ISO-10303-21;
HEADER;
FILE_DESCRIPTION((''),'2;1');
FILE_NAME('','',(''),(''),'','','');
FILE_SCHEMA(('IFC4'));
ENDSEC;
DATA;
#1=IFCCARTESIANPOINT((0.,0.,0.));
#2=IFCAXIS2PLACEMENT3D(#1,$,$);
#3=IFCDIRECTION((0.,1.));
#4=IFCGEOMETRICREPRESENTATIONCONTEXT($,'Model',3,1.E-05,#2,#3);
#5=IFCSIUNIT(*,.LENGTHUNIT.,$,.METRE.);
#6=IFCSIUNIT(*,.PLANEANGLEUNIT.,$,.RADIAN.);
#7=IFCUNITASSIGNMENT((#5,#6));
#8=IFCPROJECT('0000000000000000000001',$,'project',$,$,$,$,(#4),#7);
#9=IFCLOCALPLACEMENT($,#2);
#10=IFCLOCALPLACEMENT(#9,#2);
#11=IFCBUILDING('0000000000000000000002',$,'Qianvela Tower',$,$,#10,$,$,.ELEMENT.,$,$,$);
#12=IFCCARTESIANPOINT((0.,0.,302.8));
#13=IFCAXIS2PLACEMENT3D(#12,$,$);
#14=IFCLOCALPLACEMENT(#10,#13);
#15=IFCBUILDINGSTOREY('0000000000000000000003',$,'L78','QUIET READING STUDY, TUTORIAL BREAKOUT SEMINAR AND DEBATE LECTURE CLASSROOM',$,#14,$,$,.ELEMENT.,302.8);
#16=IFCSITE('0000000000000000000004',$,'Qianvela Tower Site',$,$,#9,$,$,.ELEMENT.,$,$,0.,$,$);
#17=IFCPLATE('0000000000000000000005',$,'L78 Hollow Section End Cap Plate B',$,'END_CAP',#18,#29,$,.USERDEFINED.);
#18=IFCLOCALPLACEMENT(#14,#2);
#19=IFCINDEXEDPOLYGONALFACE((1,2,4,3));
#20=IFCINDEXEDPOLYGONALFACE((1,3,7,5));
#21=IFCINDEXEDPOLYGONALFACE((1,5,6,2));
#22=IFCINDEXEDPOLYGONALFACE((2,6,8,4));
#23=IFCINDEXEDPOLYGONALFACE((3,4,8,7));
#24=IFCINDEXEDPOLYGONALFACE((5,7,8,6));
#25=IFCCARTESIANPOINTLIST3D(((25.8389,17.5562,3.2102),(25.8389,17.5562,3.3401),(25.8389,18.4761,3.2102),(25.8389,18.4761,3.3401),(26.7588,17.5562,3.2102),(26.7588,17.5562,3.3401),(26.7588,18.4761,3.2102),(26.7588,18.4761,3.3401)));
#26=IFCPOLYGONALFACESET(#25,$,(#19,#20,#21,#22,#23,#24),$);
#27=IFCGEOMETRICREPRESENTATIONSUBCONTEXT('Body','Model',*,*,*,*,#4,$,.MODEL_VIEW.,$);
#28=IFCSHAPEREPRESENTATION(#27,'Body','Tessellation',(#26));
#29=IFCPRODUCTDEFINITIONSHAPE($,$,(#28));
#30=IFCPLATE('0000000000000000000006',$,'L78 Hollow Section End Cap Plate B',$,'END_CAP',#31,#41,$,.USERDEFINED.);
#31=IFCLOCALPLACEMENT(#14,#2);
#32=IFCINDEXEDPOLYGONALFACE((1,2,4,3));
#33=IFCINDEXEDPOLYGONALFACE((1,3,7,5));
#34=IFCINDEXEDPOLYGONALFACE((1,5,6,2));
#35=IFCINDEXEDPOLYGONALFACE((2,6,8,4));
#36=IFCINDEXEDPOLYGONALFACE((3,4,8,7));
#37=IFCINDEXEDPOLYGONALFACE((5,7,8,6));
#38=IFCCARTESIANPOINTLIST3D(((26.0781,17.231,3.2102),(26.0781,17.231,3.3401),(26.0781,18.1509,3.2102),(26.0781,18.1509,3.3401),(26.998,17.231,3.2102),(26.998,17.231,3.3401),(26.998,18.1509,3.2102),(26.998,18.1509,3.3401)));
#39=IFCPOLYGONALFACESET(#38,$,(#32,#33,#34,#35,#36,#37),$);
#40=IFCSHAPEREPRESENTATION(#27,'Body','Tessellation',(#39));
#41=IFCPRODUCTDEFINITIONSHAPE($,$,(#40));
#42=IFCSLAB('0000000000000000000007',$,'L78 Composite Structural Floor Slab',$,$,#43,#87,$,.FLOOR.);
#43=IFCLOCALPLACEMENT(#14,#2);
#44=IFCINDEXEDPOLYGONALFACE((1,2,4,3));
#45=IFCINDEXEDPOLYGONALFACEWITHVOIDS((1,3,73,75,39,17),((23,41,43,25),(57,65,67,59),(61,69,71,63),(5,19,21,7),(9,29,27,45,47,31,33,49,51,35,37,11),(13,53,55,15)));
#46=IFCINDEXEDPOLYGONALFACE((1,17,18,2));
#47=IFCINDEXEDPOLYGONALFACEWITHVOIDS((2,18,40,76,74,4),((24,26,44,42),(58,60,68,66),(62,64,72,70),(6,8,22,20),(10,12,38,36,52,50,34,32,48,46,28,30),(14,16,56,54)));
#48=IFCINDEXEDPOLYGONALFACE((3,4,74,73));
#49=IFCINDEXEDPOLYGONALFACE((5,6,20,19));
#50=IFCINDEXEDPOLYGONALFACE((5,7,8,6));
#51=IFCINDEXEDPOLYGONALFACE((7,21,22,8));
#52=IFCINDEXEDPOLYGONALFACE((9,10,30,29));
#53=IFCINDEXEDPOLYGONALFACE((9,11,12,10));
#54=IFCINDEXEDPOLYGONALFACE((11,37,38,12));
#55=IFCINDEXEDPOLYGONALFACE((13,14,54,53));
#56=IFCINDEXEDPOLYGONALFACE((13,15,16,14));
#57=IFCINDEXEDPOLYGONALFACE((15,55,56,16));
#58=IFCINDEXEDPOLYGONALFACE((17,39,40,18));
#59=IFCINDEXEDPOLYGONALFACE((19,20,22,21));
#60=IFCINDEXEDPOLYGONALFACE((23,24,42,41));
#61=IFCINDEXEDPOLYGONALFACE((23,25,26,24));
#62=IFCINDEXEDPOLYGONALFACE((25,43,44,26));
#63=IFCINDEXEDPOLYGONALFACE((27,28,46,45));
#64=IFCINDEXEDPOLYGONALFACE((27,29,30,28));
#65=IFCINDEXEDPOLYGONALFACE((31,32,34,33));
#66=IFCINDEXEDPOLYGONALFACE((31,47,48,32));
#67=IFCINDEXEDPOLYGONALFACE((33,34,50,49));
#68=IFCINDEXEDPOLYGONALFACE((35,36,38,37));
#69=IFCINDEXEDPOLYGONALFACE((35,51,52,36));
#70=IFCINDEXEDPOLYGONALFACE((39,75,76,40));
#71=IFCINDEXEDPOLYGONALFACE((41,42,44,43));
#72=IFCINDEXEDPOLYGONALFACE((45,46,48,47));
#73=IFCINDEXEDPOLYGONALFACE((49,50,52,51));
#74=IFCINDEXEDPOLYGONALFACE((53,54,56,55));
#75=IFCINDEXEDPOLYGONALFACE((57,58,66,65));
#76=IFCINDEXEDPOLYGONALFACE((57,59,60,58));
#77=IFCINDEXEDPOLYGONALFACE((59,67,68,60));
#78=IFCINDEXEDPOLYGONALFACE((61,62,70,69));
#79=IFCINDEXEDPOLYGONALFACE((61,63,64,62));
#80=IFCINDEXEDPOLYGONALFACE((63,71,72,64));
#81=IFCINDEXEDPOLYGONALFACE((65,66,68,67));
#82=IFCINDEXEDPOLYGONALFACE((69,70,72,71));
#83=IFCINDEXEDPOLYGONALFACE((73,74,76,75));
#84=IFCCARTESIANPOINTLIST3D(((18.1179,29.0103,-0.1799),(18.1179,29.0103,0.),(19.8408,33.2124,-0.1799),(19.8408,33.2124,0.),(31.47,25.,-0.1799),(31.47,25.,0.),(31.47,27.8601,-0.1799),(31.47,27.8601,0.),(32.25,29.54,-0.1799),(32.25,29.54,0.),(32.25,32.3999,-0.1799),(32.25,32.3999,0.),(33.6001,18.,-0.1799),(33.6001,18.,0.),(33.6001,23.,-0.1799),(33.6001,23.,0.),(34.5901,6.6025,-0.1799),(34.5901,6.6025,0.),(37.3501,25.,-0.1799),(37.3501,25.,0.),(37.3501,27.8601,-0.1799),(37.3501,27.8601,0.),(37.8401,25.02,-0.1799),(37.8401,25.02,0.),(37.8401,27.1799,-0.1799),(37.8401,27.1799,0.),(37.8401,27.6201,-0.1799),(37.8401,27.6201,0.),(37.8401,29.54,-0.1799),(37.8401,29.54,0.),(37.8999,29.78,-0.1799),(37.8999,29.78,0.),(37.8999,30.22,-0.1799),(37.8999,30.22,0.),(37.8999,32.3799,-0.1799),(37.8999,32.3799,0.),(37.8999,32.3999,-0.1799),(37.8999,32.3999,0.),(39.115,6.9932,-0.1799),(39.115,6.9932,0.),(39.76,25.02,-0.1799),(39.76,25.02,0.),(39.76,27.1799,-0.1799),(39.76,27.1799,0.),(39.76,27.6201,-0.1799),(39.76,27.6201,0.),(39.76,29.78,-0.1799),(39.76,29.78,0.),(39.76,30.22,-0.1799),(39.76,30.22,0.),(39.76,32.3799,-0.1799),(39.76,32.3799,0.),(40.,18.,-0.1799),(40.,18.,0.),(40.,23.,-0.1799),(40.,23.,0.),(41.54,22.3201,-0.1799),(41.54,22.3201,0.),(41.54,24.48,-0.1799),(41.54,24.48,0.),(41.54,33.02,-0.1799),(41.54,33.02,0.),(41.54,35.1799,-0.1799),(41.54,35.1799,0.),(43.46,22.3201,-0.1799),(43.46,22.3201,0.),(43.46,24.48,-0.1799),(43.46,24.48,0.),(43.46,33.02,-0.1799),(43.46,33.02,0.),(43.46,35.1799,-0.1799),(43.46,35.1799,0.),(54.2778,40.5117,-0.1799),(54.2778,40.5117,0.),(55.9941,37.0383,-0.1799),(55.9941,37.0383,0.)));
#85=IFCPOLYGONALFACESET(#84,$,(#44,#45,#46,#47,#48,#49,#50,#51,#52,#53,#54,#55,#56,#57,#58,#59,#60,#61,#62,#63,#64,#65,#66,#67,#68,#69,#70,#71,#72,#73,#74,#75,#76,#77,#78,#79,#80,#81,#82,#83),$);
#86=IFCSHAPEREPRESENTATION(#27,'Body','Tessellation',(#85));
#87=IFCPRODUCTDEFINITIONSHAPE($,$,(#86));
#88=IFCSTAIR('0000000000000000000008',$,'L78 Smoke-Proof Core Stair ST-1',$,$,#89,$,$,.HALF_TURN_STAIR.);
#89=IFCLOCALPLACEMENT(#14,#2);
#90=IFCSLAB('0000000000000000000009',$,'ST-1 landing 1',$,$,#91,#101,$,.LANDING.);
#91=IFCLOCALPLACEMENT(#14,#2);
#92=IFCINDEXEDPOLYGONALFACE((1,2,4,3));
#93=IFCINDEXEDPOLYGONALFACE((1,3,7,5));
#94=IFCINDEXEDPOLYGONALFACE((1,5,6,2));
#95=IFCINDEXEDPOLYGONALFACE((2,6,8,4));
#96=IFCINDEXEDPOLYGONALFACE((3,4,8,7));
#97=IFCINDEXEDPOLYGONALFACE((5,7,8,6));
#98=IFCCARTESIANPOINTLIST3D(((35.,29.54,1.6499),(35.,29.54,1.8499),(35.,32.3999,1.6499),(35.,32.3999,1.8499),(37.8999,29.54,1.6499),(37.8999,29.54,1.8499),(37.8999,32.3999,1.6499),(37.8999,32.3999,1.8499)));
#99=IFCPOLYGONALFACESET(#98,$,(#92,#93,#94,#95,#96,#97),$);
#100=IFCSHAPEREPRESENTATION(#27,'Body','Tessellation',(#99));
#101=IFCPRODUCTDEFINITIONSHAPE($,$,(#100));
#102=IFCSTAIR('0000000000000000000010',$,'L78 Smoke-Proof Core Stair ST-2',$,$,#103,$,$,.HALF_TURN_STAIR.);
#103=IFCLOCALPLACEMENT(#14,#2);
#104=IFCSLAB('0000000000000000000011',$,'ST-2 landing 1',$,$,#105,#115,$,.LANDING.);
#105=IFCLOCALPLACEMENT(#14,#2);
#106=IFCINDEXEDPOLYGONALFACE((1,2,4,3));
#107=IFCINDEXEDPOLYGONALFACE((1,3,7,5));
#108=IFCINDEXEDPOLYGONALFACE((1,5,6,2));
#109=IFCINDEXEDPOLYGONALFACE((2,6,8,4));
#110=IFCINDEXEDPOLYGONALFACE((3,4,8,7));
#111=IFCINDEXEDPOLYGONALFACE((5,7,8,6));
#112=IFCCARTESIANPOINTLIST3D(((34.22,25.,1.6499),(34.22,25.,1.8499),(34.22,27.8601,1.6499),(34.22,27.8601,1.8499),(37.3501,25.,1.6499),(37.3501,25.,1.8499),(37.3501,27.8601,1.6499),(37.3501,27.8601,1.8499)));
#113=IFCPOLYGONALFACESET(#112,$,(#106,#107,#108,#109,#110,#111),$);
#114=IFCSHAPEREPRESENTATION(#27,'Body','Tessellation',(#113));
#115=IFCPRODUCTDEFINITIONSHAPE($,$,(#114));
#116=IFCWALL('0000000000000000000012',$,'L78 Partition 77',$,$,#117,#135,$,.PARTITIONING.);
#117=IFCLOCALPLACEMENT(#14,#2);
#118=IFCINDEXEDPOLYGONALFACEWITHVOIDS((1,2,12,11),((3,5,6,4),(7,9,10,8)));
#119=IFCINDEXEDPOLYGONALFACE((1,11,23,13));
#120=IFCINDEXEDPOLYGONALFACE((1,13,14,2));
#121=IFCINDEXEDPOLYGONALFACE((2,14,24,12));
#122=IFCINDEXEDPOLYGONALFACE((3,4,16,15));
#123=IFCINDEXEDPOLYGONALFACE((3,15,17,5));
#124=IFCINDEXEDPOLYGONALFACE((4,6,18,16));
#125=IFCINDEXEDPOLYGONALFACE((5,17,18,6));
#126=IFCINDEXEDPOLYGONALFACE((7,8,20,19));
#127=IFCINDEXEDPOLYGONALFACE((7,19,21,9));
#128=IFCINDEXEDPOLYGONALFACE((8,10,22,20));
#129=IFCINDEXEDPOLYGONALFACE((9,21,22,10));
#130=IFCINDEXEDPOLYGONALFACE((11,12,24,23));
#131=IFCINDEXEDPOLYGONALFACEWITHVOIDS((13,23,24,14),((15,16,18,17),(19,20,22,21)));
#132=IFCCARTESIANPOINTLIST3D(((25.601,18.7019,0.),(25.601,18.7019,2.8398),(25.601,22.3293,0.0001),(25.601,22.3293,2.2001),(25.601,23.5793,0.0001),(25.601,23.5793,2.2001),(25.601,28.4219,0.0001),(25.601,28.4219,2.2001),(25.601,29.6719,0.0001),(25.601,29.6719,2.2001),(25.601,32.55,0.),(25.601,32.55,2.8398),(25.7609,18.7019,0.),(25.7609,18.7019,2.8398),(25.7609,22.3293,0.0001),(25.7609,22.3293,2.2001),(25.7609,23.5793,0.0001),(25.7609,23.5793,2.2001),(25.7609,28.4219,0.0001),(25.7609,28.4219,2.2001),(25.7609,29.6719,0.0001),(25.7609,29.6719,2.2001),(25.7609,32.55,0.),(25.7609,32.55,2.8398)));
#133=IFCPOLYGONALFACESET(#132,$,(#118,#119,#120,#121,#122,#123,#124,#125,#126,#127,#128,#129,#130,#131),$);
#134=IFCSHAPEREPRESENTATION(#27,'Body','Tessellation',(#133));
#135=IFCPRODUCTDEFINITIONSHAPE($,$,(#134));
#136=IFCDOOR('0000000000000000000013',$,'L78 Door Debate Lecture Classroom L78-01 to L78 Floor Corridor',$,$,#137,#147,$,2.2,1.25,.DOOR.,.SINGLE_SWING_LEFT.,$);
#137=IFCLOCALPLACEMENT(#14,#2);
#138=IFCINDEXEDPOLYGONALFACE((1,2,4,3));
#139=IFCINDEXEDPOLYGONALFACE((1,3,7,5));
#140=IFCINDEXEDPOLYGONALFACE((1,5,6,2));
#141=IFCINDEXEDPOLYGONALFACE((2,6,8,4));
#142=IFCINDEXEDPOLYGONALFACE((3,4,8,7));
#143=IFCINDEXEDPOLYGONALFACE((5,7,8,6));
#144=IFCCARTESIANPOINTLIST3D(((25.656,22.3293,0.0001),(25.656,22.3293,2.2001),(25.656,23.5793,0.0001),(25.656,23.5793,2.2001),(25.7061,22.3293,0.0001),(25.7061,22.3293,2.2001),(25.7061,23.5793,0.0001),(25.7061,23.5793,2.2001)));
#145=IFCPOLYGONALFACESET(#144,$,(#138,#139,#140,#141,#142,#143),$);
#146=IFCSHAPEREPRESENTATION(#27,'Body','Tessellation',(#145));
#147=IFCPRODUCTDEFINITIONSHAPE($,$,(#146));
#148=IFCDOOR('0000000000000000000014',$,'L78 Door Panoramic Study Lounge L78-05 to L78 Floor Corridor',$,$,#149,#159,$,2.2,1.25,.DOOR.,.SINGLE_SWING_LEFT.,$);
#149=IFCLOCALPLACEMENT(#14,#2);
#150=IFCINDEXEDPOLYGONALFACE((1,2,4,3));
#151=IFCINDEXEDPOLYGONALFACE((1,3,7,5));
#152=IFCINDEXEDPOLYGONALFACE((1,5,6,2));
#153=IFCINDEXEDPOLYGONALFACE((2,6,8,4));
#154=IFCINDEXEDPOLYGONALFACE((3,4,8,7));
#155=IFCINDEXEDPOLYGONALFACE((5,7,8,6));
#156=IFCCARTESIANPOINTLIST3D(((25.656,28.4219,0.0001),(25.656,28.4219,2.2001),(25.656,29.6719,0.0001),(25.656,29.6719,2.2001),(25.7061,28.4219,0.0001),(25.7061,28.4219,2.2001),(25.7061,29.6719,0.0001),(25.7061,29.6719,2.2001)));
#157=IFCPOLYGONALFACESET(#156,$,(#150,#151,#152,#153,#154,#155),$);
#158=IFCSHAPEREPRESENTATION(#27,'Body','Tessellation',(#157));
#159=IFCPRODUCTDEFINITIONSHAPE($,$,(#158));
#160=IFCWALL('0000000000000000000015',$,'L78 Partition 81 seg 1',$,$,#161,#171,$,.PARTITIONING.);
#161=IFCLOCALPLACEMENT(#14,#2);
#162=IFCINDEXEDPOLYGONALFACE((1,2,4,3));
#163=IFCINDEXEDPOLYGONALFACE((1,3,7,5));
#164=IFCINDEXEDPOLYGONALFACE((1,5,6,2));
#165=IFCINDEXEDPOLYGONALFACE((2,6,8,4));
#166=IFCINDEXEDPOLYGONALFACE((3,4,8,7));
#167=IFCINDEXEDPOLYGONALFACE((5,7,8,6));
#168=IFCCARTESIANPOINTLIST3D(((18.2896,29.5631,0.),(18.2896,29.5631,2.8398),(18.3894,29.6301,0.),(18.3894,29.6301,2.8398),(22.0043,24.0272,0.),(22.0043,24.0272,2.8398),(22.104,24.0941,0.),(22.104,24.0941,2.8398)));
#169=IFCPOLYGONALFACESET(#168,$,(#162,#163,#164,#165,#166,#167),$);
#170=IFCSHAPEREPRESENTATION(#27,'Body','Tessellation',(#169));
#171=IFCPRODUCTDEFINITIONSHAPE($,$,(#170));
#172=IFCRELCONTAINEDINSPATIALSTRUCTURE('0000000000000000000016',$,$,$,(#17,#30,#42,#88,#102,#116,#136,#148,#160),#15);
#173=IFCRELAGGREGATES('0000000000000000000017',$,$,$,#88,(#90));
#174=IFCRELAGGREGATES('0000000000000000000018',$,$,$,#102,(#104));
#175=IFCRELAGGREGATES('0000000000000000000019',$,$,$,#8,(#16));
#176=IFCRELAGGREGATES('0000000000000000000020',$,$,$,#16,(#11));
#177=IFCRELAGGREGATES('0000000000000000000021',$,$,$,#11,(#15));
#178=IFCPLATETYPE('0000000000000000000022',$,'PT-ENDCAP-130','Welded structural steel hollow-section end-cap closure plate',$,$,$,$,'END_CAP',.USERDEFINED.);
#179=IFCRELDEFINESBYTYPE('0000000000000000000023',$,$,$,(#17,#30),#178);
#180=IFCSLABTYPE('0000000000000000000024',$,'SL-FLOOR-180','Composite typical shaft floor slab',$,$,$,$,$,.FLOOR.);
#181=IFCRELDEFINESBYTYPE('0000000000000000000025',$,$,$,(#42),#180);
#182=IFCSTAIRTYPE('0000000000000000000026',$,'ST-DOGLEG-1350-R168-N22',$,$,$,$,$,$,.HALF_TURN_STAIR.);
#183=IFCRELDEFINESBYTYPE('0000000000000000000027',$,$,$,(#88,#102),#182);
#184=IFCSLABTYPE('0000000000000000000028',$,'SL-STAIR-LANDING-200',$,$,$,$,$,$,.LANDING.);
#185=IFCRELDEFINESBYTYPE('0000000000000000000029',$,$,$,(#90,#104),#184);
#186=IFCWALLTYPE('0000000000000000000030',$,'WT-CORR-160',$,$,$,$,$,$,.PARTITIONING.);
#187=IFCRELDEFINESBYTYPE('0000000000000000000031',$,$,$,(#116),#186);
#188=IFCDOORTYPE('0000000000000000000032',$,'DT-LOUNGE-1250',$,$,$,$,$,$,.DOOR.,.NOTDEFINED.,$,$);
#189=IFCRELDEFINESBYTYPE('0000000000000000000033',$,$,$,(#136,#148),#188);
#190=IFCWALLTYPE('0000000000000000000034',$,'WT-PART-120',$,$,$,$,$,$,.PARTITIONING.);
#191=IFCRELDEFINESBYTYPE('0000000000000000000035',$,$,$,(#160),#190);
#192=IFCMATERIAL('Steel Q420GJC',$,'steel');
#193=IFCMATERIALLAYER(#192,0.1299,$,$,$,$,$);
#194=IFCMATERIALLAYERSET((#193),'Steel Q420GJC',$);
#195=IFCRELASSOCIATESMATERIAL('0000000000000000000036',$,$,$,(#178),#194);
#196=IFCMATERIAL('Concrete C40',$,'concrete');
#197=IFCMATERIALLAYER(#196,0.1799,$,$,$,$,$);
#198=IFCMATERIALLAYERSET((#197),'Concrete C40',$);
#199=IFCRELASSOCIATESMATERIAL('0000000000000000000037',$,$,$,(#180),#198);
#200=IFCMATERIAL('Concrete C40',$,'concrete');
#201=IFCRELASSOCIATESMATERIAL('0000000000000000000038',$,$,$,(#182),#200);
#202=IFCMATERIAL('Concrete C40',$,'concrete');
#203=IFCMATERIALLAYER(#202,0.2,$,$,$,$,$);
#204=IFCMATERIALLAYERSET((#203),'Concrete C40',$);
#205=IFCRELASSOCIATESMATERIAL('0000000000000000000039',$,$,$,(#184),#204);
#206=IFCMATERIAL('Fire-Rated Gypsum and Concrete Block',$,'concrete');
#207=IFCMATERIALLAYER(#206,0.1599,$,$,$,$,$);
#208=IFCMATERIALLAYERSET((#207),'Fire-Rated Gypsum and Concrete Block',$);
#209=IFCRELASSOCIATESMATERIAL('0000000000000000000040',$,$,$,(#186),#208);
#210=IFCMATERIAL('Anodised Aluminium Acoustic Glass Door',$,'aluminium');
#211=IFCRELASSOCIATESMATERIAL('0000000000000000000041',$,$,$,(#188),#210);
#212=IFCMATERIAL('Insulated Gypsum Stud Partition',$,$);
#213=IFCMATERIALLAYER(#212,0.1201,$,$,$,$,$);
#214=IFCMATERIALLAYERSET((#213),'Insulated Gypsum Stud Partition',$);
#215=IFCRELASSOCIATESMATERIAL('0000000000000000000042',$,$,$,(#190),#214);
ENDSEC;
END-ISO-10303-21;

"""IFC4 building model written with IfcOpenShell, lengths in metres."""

from ifc_helpers import new_model, si_unit, direction, frame, frame_2d, origin, origin_2d, place, context, subcontext, project, spatial, polyline, rectangle, outline, extrude, material, layer, layer_set, type_object, element, fill, aggregate, save


model = new_model("IFC4")

# Units and contexts
model_context = context("Model", 3, precision=1e-05, world=origin(), true_north=direction((0.0, 1.0)))
body_context = subcontext(model_context, "Body", "Model", "MODEL_VIEW")
ifc_project = project(units=[si_unit("LENGTHUNIT", "METRE"), si_unit("PLANEANGLEUNIT", "RADIAN")], contexts=[model_context])

# Site, building, storey
site_placement = place(None, origin())
site = spatial("IfcSite", under=ifc_project, at=site_placement, Name="Qianvela Tower Site", CompositionType="ELEMENT", RefElevation=0.0)
building_placement = place(site_placement, origin())
building = spatial("IfcBuilding", under=site, at=building_placement, Name="Qianvela Tower", CompositionType="ELEMENT")
storey_placement = place(building_placement, frame((0.0, 0.0, 302.8)))
storey = spatial("IfcBuildingStorey", under=building, at=storey_placement, Name="L78", Description="QUIET READING STUDY, TUTORIAL BREAKOUT SEMINAR AND DEBATE LECTURE CLASSROOM", CompositionType="ELEMENT", Elevation=302.8)

# Plates
ifc_material_1 = material(Name="Steel Q420GJC", Category="steel")
ifc_layer_1 = layer(ifc_material_1, 0.1299)
ifc_layer_set_1 = layer_set([ifc_layer_1], Name="Steel Q420GJC")
plate_type_1 = type_object("IfcPlateType", Name="PT-ENDCAP-130", Description="Welded structural steel hollow-section end-cap closure plate", ElementType="END_CAP", PredefinedType="USERDEFINED", material=ifc_layer_set_1)
for number, where, z_axis, x_axis, name in (
    (1, (26.2988, 18.0161, 3.2102), (0.0, 0.0, 1.0), (1.0, 0.0, 0.0), "L78 Hollow Section End Cap Plate B"),
    (2, (26.5381, 17.6909, 3.2102), (0.0, 0.0, 1.0), (1.0, 0.0, 0.0), "L78 Hollow Section End Cap Plate B"),
):
    element("IfcPlate", number, at=place(storey_placement, frame(where, z_axis=z_axis, x_axis=x_axis)), inside=storey, type_object=plate_type_1, Name=name, ObjectType="END_CAP", PredefinedType="USERDEFINED", context=body_context, shape_type="SweptSolid", body=[
        extrude(rectangle(XDim=0.9199, YDim=0.9199, at=origin_2d()), origin(), (0.0, 0.0, 1.0), 0.1299),
    ])

# Slab
ifc_material_2 = material(Name="Concrete C40", Category="concrete")
ifc_layer_2 = layer(ifc_material_2, 0.1799)
ifc_layer_set_2 = layer_set([ifc_layer_2], Name="Concrete C40")
slab_type_1 = type_object("IfcSlabType", Name="SL-FLOOR-180", Description="Composite typical shaft floor slab", PredefinedType="FLOOR", material=ifc_layer_set_2)
slab_1_placement = place(storey_placement, frame((0.0, 0.0, -0.1799)))
element("IfcSlab", 3, at=slab_1_placement, inside=storey, type_object=slab_type_1, Name="L78 Composite Structural Floor Slab", PredefinedType="FLOOR", context=body_context, shape_type="SweptSolid", body=[
    extrude(outline(polyline([(55.9941, 37.0383), (54.2778, 40.5117), (19.8408, 33.2124), (18.1179, 29.0103), (34.5901, 6.6025), (39.115, 6.9932), (55.9941, 37.0383)]), holes=[polyline([(40.0, 23.0), (33.6001, 23.0), (33.6001, 18.0), (40.0, 18.0), (40.0, 23.0)]), polyline([(43.46, 24.48), (41.54, 24.48), (41.54, 22.3201), (43.46, 22.3201), (43.46, 24.48)]), polyline([(39.76, 27.1799), (37.8401, 27.1799), (37.8401, 25.02), (39.76, 25.02), (39.76, 27.1799)]), polyline([(37.3501, 27.8601), (31.47, 27.8601), (31.47, 25.0), (37.3501, 25.0), (37.3501, 27.8601)]), polyline([(39.76, 27.6201), (39.76, 29.78), (37.8999, 29.78), (37.8999, 30.22), (39.76, 30.22), (39.76, 32.3799), (37.8999, 32.3799), (37.8999, 32.3999), (32.25, 32.3999), (32.25, 29.54), (37.8401, 29.54), (37.8401, 27.6201), (39.76, 27.6201)]), polyline([(43.46, 35.1799), (41.54, 35.1799), (41.54, 33.02), (43.46, 33.02), (43.46, 35.1799)])]), origin(), (0.0, 0.0, 1.0), 0.1799),
])

# Stairs, slabs
ifc_material_3 = material(Name="Concrete C40", Category="concrete")
stair_type = type_object("IfcStairType", Name="ST-DOGLEG-1350-R168-N22", PredefinedType="HALF_TURN_STAIR", material=ifc_material_3)
stair_1_placement = place(storey_placement, origin())
stair_1 = element("IfcStair", 4, at=stair_1_placement, inside=storey, type_object=stair_type, Name="L78 Smoke-Proof Core Stair ST-1", PredefinedType="HALF_TURN_STAIR")
ifc_material_4 = material(Name="Concrete C40", Category="concrete")
ifc_layer_3 = layer(ifc_material_4, 0.2)
ifc_layer_set_3 = layer_set([ifc_layer_3], Name="Concrete C40")
slab_type_2 = type_object("IfcSlabType", Name="SL-STAIR-LANDING-200", PredefinedType="LANDING", material=ifc_layer_set_3)
slab_2_placement = place(storey_placement, frame((0.0, 0.0, 1.6499)))
slab_2 = element("IfcSlab", 5, at=slab_2_placement, type_object=slab_type_2, Name="ST-1 landing 1", PredefinedType="LANDING", context=body_context, shape_type="SweptSolid", body=[
    extrude(outline(polyline([(35.0, 29.54), (37.8999, 29.54), (37.8999, 32.3999), (35.0, 32.3999), (35.0, 29.54)])), origin(), (0.0, 0.0, 1.0), 0.2),
])
aggregate(stair_1, [slab_2])
stair_2_placement = place(storey_placement, origin())
stair_2 = element("IfcStair", 6, at=stair_2_placement, inside=storey, type_object=stair_type, Name="L78 Smoke-Proof Core Stair ST-2", PredefinedType="HALF_TURN_STAIR")
slab_3_placement = place(storey_placement, frame((0.0, 0.0, 1.6499)))
slab_3 = element("IfcSlab", 7, at=slab_3_placement, type_object=slab_type_2, Name="ST-2 landing 1", PredefinedType="LANDING", context=body_context, shape_type="SweptSolid", body=[
    extrude(outline(polyline([(34.22, 25.0), (37.3501, 25.0), (37.3501, 27.8601), (34.22, 27.8601), (34.22, 25.0)])), origin(), (0.0, 0.0, 1.0), 0.2),
])
aggregate(stair_2, [slab_3])

# Wall, openings, doors
ifc_material_5 = material(Name="Fire-Rated Gypsum and Concrete Block", Category="concrete")
ifc_layer_4 = layer(ifc_material_5, 0.1599)
ifc_layer_set_4 = layer_set([ifc_layer_4], Name="Fire-Rated Gypsum and Concrete Block")
wall_type_1 = type_object("IfcWallType", Name="WT-CORR-160", PredefinedType="PARTITIONING", material=ifc_layer_set_4)
wall_1_placement = place(storey_placement, frame((25.6809, 18.7019, 0.0), z_axis=(0.0, 0.0, 1.0), x_axis=(0.0, 1.0, 0.0)))
wall_1 = element("IfcWall", 8, at=wall_1_placement, inside=storey, type_object=wall_type_1, Name="L78 Partition 77", PredefinedType="PARTITIONING", context=body_context, shape_type="SweptSolid", body=[
    extrude(rectangle(XDim=13.8481, YDim=0.1599, at=frame_2d((6.9241, 0.0))), origin(), (0.0, 0.0, 1.0), 2.8398),
])
opening_1_placement = place(wall_1_placement, frame((3.6274, 0.0, 0.0)))
opening_1 = element("IfcOpeningElement", 9, at=opening_1_placement, cuts=wall_1, PredefinedType="OPENING", context=body_context, shape_type="SweptSolid", body=[
    extrude(rectangle(XDim=1.25, YDim=2.2, at=frame_2d((0.625, 1.1001))), frame((0.0, 0.0898, 0.0), z_axis=(0.0, -1.0, 0.0), x_axis=(1.0, 0.0, 0.0)), (0.0, 0.0, 1.0), 0.1799),
])
opening_2_placement = place(wall_1_placement, frame((9.72, 0.0, 0.0)))
opening_2 = element("IfcOpeningElement", 10, at=opening_2_placement, cuts=wall_1, PredefinedType="OPENING", context=body_context, shape_type="SweptSolid", body=[
    extrude(rectangle(XDim=1.25, YDim=2.2, at=frame_2d((0.625, 1.1001))), frame((0.0, 0.0898, 0.0), z_axis=(0.0, -1.0, 0.0), x_axis=(1.0, 0.0, 0.0)), (0.0, 0.0, 1.0), 0.1799),
])
ifc_material_6 = material(Name="Anodised Aluminium Acoustic Glass Door", Category="aluminium")
door_type = type_object("IfcDoorType", Name="DT-LOUNGE-1250", OperationType="NOTDEFINED", PredefinedType="DOOR", material=ifc_material_6)
door_1_placement = place(opening_1_placement, origin())
door_1 = element("IfcDoor", 11, at=door_1_placement, inside=storey, type_object=door_type, Name="L78 Door Debate Lecture Classroom L78-01 to L78 Floor Corridor", OperationType="SINGLE_SWING_LEFT", OverallHeight=2.2, OverallWidth=1.25, PredefinedType="DOOR", context=body_context, shape_type="SweptSolid", body=[
    extrude(rectangle(XDim=1.25, YDim=2.2, at=frame_2d((0.625, 1.1001))), frame((0.0, 0.0249, 0.0), z_axis=(0.0, -1.0, 0.0), x_axis=(1.0, 0.0, 0.0)), (0.0, 0.0, 1.0), 0.05),
])
fill(opening_1, door_1)
door_2_placement = place(opening_2_placement, origin())
door_2 = element("IfcDoor", 12, at=door_2_placement, inside=storey, type_object=door_type, Name="L78 Door Panoramic Study Lounge L78-05 to L78 Floor Corridor", OperationType="SINGLE_SWING_LEFT", OverallHeight=2.2, OverallWidth=1.25, PredefinedType="DOOR", context=body_context, shape_type="SweptSolid", body=[
    extrude(rectangle(XDim=1.25, YDim=2.2, at=frame_2d((0.625, 1.1001))), frame((0.0, 0.0249, 0.0), z_axis=(0.0, -1.0, 0.0), x_axis=(1.0, 0.0, 0.0)), (0.0, 0.0, 1.0), 0.05),
])
fill(opening_2, door_2)

# Wall
ifc_material_7 = material(Name="Insulated Gypsum Stud Partition")
ifc_layer_5 = layer(ifc_material_7, 0.1201)
ifc_layer_set_5 = layer_set([ifc_layer_5], Name="Insulated Gypsum Stud Partition")
wall_type_2 = type_object("IfcWallType", Name="WT-PART-120", PredefinedType="PARTITIONING", material=ifc_layer_set_5)
wall_2_placement = place(storey_placement, frame((22.0542, 24.0605, 0.0), z_axis=(0.0, 0.0, 1.0), x_axis=(-0.557191, 0.830385, 0.0)))
element("IfcWall", 13, at=wall_2_placement, inside=storey, type_object=wall_type_2, Name="L78 Partition 81 seg 1", PredefinedType="PARTITIONING", context=body_context, shape_type="SweptSolid", body=[
    extrude(rectangle(XDim=6.6667, YDim=0.1201, at=frame_2d((3.3335, 0.0))), origin(), (0.0, 0.0, 1.0), 2.8398),
])

save(model, "model.ifc")
